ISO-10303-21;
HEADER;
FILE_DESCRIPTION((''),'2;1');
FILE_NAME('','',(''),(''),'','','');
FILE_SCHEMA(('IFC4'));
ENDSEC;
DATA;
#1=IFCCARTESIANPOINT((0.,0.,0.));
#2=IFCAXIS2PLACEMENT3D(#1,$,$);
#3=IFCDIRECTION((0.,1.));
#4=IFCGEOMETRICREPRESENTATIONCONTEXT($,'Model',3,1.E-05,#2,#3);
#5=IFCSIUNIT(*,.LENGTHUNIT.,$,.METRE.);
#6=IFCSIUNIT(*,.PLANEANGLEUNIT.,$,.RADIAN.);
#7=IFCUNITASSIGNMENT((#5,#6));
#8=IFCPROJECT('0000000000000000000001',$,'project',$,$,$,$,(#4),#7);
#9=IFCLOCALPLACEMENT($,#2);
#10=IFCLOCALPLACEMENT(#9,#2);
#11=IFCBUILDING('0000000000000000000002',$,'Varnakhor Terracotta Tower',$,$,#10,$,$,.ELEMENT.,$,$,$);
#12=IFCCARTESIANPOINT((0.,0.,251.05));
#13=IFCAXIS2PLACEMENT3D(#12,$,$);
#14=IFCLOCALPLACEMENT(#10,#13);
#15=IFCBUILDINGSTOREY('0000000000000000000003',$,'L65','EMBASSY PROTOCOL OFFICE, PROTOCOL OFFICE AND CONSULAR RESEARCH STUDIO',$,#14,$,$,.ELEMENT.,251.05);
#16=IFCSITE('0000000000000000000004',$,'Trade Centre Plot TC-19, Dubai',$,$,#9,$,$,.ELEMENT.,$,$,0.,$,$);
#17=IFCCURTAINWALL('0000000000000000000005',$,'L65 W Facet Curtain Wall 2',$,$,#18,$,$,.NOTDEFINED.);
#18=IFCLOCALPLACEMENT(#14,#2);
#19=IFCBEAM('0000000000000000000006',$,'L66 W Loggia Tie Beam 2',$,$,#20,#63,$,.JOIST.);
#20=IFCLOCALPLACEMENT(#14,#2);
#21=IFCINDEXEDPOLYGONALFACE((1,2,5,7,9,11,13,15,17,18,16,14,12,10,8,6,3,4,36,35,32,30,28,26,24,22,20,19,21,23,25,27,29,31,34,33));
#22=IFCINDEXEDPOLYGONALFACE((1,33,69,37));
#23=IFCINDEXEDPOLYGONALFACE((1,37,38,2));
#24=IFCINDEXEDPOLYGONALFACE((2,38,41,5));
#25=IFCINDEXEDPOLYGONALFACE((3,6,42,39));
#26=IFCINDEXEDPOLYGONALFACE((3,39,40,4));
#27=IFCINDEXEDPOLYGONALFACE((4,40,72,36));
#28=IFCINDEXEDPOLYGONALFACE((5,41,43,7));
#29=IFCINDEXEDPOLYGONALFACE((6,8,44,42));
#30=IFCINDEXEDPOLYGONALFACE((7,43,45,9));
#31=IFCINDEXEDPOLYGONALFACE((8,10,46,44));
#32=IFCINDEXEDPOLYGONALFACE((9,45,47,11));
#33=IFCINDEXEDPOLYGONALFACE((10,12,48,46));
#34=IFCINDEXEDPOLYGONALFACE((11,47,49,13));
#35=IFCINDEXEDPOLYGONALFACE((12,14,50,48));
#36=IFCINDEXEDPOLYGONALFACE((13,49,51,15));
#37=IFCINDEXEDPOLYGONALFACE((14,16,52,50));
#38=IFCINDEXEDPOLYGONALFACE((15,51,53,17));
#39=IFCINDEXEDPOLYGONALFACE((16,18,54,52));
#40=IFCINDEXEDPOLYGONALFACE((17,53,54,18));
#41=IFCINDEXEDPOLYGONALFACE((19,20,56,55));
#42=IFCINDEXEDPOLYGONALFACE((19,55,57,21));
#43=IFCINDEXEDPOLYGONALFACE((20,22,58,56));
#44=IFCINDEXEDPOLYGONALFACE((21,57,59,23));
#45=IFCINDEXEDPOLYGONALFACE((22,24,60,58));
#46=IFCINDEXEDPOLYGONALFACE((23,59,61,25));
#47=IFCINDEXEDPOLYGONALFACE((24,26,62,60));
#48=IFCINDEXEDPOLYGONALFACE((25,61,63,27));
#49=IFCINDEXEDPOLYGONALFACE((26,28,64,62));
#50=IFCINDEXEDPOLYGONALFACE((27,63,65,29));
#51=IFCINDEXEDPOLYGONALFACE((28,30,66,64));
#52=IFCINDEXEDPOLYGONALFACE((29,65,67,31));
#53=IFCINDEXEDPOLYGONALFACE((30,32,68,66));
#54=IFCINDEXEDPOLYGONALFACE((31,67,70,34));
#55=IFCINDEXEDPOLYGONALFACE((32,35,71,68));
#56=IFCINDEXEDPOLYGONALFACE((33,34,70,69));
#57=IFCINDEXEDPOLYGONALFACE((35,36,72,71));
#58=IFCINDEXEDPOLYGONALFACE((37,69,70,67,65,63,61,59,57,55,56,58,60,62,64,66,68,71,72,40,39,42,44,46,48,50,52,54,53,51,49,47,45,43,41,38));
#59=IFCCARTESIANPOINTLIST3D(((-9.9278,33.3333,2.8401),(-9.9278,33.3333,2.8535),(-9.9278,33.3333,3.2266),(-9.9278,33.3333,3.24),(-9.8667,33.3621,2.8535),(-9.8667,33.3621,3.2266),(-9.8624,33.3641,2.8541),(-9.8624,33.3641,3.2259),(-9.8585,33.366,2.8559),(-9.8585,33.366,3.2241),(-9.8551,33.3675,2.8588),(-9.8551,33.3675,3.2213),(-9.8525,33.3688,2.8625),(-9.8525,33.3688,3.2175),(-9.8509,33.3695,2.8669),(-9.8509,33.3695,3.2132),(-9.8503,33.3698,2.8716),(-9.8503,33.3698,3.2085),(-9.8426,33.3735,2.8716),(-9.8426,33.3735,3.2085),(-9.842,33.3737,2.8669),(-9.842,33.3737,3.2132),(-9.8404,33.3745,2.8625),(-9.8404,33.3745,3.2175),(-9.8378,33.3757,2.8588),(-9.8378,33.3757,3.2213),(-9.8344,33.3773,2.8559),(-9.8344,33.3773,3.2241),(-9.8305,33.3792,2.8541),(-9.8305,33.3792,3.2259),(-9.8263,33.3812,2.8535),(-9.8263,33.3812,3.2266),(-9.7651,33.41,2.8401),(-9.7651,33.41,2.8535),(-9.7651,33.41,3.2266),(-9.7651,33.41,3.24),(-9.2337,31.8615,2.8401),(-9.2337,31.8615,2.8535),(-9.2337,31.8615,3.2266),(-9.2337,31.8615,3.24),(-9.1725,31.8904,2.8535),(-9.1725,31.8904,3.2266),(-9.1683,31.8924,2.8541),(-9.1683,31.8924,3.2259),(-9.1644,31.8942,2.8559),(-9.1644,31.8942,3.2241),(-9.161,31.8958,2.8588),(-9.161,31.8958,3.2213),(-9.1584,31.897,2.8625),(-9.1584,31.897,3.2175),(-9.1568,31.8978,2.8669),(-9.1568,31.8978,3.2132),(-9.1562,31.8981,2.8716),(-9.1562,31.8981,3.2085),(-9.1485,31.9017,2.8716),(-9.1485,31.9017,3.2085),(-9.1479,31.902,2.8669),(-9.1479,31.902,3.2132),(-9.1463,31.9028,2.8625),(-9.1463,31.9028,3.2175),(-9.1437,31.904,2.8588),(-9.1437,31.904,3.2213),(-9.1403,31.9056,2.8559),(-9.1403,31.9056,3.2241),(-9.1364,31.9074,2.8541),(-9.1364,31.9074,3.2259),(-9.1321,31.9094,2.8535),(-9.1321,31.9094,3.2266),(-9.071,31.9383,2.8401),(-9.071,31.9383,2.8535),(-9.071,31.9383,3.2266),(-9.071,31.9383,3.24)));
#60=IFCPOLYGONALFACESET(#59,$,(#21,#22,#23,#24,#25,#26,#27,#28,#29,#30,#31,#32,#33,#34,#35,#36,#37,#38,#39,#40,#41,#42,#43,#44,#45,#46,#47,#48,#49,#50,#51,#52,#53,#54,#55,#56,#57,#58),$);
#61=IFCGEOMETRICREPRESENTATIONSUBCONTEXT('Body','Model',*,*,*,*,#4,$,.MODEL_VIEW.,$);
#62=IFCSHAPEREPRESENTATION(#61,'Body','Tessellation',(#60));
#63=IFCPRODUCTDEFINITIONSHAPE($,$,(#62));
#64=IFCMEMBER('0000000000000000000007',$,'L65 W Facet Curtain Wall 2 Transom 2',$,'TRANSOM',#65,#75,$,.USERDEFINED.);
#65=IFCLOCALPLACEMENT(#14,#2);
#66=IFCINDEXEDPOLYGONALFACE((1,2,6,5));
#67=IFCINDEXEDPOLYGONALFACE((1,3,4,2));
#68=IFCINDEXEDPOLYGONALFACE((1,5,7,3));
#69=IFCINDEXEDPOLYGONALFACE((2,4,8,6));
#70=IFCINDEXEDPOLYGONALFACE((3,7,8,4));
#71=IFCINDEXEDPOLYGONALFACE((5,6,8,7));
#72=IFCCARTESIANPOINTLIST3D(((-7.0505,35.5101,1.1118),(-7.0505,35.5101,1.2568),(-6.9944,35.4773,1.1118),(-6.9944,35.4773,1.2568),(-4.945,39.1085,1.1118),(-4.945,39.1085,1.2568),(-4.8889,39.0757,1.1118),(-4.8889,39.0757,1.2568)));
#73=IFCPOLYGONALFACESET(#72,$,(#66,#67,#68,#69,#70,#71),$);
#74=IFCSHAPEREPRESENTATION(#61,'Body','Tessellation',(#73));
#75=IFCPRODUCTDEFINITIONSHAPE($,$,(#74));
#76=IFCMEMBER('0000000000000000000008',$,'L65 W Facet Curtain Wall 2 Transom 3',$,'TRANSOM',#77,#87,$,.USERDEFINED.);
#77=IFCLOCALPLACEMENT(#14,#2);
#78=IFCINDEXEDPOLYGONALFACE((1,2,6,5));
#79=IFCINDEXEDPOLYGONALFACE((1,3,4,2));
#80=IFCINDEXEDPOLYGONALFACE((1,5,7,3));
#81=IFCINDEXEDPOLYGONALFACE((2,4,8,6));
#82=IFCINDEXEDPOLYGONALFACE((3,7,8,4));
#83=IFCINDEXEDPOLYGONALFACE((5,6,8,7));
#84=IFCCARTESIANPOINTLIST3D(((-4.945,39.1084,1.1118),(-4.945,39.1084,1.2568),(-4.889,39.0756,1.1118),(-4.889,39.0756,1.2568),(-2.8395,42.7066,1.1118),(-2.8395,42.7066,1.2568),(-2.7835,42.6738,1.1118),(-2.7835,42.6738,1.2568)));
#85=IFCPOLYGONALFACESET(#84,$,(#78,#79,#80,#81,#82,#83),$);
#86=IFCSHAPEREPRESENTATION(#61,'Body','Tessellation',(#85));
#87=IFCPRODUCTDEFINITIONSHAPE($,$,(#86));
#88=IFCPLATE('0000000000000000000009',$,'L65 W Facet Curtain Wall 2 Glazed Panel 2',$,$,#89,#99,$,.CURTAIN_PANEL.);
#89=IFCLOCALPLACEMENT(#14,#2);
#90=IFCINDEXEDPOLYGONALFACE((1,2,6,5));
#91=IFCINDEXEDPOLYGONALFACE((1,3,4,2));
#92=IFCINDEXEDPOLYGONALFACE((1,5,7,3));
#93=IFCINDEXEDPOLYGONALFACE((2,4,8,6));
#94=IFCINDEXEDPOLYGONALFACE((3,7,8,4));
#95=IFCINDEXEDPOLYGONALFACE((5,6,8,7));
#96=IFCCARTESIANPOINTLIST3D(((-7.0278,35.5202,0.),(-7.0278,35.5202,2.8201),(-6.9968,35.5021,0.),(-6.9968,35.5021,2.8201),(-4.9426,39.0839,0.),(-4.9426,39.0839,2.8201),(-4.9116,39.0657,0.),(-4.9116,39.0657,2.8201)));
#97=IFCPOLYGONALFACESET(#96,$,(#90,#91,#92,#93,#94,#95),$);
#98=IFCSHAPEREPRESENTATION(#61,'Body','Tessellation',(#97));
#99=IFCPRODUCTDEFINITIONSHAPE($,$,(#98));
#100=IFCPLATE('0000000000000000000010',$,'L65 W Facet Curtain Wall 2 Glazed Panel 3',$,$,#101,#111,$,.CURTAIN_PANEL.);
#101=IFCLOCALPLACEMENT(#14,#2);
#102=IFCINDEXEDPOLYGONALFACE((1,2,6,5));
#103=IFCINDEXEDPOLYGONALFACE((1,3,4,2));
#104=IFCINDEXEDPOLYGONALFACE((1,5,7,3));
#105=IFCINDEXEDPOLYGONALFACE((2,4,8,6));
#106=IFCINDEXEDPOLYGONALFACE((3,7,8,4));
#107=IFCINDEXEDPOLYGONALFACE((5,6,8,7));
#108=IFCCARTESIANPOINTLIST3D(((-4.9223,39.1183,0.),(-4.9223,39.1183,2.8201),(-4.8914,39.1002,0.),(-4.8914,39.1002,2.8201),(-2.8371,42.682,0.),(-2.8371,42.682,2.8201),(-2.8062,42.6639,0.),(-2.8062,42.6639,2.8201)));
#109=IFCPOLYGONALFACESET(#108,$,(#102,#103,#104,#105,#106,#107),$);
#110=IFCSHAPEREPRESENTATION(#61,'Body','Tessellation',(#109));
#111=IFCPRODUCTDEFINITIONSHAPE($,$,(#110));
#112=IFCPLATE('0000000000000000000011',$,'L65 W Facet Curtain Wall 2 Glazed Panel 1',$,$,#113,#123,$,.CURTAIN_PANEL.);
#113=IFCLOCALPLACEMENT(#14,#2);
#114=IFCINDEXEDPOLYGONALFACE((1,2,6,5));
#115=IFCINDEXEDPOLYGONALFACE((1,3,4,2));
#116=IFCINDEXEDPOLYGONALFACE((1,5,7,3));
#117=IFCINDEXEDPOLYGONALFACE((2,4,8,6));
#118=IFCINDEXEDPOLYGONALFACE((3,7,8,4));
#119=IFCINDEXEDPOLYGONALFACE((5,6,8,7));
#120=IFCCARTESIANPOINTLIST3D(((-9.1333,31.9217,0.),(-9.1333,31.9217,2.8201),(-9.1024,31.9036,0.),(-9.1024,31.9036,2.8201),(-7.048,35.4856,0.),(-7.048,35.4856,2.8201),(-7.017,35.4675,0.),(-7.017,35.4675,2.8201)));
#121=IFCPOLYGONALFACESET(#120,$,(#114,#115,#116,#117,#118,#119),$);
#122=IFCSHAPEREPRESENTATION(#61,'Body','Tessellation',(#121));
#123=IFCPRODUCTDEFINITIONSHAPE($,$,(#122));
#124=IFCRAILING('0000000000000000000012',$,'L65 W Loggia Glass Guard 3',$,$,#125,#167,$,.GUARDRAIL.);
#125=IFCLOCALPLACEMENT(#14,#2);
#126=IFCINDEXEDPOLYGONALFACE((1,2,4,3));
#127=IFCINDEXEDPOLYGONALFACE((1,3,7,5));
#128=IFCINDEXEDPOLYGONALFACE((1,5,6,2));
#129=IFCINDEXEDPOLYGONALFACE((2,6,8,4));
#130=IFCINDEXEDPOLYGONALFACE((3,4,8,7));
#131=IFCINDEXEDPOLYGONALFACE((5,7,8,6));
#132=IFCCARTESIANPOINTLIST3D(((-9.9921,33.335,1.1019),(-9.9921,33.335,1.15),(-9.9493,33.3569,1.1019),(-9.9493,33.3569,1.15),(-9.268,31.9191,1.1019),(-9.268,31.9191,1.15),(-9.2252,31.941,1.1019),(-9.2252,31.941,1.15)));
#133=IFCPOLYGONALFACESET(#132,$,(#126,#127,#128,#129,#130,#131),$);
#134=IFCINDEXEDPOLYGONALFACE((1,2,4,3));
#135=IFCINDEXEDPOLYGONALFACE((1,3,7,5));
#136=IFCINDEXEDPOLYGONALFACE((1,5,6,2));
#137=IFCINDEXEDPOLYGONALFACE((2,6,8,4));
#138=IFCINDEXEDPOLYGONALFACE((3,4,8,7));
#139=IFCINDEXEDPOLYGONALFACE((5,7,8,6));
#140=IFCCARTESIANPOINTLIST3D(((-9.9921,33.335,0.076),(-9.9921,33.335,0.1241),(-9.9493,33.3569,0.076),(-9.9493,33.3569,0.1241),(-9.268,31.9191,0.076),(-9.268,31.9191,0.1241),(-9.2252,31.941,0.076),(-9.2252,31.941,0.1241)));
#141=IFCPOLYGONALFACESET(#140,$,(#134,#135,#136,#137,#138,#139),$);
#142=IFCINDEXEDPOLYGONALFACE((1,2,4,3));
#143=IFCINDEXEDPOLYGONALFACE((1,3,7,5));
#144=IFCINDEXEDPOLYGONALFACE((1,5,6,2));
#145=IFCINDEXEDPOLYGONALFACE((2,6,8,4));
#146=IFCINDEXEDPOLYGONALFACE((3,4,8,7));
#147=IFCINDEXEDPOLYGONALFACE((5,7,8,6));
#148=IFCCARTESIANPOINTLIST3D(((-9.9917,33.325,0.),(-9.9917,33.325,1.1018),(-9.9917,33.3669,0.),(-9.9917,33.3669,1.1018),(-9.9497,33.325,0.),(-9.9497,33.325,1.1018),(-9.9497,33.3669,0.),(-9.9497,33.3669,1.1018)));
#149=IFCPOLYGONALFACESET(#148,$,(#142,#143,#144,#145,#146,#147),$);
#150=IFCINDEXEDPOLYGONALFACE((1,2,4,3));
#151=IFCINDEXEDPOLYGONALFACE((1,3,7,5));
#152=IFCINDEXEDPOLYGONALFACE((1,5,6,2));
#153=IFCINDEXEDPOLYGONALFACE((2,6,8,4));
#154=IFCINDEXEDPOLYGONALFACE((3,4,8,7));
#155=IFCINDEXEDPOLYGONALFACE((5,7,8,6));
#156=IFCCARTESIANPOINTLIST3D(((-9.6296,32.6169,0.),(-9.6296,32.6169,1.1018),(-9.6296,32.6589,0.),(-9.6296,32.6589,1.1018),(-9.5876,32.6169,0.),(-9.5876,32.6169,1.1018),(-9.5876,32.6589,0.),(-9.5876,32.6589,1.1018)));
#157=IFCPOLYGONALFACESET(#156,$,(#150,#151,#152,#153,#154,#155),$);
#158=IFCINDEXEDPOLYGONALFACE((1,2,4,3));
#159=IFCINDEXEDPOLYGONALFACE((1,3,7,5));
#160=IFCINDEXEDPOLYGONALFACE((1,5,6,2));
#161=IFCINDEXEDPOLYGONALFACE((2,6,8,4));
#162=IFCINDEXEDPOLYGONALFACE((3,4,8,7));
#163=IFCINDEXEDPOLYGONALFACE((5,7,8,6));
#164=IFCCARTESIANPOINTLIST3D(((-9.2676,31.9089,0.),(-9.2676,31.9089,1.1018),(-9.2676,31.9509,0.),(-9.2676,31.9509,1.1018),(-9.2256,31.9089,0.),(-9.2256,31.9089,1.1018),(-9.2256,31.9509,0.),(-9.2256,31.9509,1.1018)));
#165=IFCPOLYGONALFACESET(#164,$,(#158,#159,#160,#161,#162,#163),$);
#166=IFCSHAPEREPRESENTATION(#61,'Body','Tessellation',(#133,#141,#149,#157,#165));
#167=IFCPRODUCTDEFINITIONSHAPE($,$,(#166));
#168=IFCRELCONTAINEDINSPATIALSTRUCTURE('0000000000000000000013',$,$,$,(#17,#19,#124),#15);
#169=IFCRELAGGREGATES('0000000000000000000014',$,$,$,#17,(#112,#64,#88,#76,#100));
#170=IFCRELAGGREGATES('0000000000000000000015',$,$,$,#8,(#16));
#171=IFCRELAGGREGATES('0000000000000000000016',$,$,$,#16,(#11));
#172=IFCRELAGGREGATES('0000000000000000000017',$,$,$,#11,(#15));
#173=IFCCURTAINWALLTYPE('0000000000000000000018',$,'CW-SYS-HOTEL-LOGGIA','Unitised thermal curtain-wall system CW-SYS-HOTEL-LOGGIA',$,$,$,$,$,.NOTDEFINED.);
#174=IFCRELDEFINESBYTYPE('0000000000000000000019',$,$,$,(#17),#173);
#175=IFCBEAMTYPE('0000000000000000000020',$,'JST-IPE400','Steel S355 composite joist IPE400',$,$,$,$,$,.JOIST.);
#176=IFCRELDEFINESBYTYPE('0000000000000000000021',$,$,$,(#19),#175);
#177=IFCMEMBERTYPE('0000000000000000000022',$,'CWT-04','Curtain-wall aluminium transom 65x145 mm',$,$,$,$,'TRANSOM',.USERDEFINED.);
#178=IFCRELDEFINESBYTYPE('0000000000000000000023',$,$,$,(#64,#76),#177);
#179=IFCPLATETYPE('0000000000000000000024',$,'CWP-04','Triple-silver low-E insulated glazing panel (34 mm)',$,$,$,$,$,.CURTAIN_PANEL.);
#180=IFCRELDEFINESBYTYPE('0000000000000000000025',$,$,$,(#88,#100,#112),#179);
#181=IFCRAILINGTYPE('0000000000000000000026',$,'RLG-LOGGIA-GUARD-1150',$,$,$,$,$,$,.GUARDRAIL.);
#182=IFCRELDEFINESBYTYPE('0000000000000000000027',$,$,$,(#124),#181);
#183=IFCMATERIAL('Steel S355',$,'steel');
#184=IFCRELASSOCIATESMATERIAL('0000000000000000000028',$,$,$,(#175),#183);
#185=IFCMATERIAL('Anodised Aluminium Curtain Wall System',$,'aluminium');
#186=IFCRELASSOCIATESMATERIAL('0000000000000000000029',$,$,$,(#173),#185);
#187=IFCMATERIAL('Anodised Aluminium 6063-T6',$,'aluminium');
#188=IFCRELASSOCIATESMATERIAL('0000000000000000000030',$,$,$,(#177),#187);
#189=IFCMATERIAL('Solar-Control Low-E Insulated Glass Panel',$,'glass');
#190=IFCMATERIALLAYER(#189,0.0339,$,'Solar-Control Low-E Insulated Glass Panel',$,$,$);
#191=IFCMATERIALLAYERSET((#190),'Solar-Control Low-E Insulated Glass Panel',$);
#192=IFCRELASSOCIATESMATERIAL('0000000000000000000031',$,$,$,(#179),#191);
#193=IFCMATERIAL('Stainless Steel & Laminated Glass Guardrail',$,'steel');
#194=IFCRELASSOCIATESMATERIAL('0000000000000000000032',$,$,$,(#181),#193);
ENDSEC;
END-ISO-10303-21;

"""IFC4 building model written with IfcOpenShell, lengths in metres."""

from ifc_helpers import new_model, si_unit, direction, frame, origin, origin_2d, place, context, subcontext, project, spatial, rectangle, i_section, extrude, source, transform, mapped, material, layer, layer_set, material_profile, profile_set, type_object, element, aggregate, save


model = new_model("IFC4")

# Units and contexts
model_context = context("Model", 3, precision=1e-05, world=origin(), true_north=direction((0.0, 1.0)))
body_context = subcontext(model_context, "Body", "Model", "MODEL_VIEW")
ifc_project = project(units=[si_unit("LENGTHUNIT", "METRE"), si_unit("PLANEANGLEUNIT", "RADIAN")], contexts=[model_context])

# Site, building, storey
site_placement = place(None, origin())
site = spatial("IfcSite", under=ifc_project, at=site_placement, Name="Trade Centre Plot TC-19, Dubai", CompositionType="ELEMENT", RefElevation=0.0)
building_placement = place(site_placement, origin())
building = spatial("IfcBuilding", under=site, at=building_placement, Name="Varnakhor Terracotta Tower", CompositionType="ELEMENT")
storey_placement = place(building_placement, frame((0.0, 0.0, 251.05)))
storey = spatial("IfcBuildingStorey", under=building, at=storey_placement, Name="L65", Description="EMBASSY PROTOCOL OFFICE, PROTOCOL OFFICE AND CONSULAR RESEARCH STUDIO", CompositionType="ELEMENT", Elevation=251.05)

# Shared definitions
ifc_material_1 = material(Name="Steel S355", Category="steel")
ifc_material_profile_1 = material_profile(ifc_material_1, i_section(OverallWidth=0.1799, OverallDepth=0.3999, WebThickness=0.0085, FlangeThickness=0.0134, FilletRadius=0.0181, at=origin_2d()), Name="IPE400")
ifc_profile_set_1 = profile_set([ifc_material_profile_1], Name="Steel S355")
beam_type_1 = type_object("IfcBeamType", Name="JST-IPE400", Description="Steel S355 composite joist IPE400", PredefinedType="JOIST", material=ifc_profile_set_1)

# Curtain wall
ifc_material_2 = material(Name="Anodised Aluminium Curtain Wall System", Category="aluminium")
curtain_wall_type = type_object("IfcCurtainWallType", Name="CW-SYS-HOTEL-LOGGIA", Description="Unitised thermal curtain-wall system CW-SYS-HOTEL-LOGGIA", PredefinedType="NOTDEFINED", material=ifc_material_2)
curtain_wall_placement = place(storey_placement, origin())
curtain_wall = element("IfcCurtainWall", 1, at=curtain_wall_placement, inside=storey, type_object=curtain_wall_type, Name="L65 W Facet Curtain Wall 2", PredefinedType="NOTDEFINED")
ifc_material_3 = material(Name="Anodised Aluminium 6063-T6", Category="aluminium")

# Beam
shared_shape_1 = source(origin(), body_context, "Body", "SweptSolid", [
    extrude(i_section(OverallWidth=0.1799, OverallDepth=0.3999, WebThickness=0.0085, FlangeThickness=0.0134, FilletRadius=0.0181, at=origin_2d()), origin(), (0.0, 0.0, 1.0), 1.6272),
])
beam_1_placement = place(storey_placement, frame((-9.1523, 31.8999, 3.04), z_axis=(-0.42657, 0.904455, 0.0), x_axis=(-0.904455, -0.42657, 0.0)))
element("IfcBeam", 2, at=beam_1_placement, inside=storey, type_object=beam_type_1, Name="L66 W Loggia Tie Beam 2", PredefinedType="JOIST", context=body_context, shape_type="MappedRepresentation", body=[
    mapped(shared_shape_1, transform((0.0, 0.0, 0.0), scale=1.0)),
])

# Members
ifc_material_profile_2 = material_profile(ifc_material_3, rectangle(XDim=0.0649, YDim=0.145, at=origin_2d()), Name="ALU TRANSOM 65x145")
ifc_profile_set_2 = profile_set([ifc_material_profile_2], Name="Anodised Aluminium 6063-T6")
member_type_1 = type_object("IfcMemberType", Name="CWT-04", Description="Curtain-wall aluminium transom 65x145 mm", ElementType="TRANSOM", PredefinedType="USERDEFINED", material=ifc_profile_set_2)
shared_shape_2 = source(origin(), body_context, "Body", "SweptSolid", [
    extrude(rectangle(XDim=0.0649, YDim=0.145, at=origin_2d()), origin(), (0.0, 0.0, 1.0), 4.1692),
])
member_1_placement = place(storey_placement, frame((-7.0225, 35.4937, 1.1843), z_axis=(0.505017, 0.863109, 0.0), x_axis=(-0.863109, 0.505017, 0.0)))
member_1 = element("IfcMember", 3, at=member_1_placement, type_object=member_type_1, Name="L65 W Facet Curtain Wall 2 Transom 2", ObjectType="TRANSOM", PredefinedType="USERDEFINED", context=body_context, shape_type="MappedRepresentation", body=[
    mapped(shared_shape_2, transform((0.0, 0.0, 0.0), scale=1.0)),
])
shared_shape_3 = source(origin(), body_context, "Body", "SweptSolid", [
    extrude(rectangle(XDim=0.0649, YDim=0.145, at=origin_2d()), origin(), (0.0, 0.0, 1.0), 4.1689),
])
member_2_placement = place(storey_placement, frame((-4.917, 39.092, 1.1843), z_axis=(0.505043, 0.863094, 0.0), x_axis=(-0.863094, 0.505043, 0.0)))
member_2 = element("IfcMember", 4, at=member_2_placement, type_object=member_type_1, Name="L65 W Facet Curtain Wall 2 Transom 3", ObjectType="TRANSOM", PredefinedType="USERDEFINED", context=body_context, shape_type="MappedRepresentation", body=[
    mapped(shared_shape_3, transform((0.0, 0.0, 0.0), scale=1.0)),
])

# Plates
ifc_material_4 = material(Name="Solar-Control Low-E Insulated Glass Panel", Category="glass")
ifc_layer = layer(ifc_material_4, 0.0339, Name="Solar-Control Low-E Insulated Glass Panel")
ifc_layer_set = layer_set([ifc_layer], Name="Solar-Control Low-E Insulated Glass Panel")
plate_type = type_object("IfcPlateType", Name="CWP-04", Description="Triple-silver low-E insulated glazing panel (34 mm)", PredefinedType="CURTAIN_PANEL", material=ifc_layer_set)
shared_shape_4 = source(origin(), body_context, "Body", "SweptSolid", [
    extrude(rectangle(XDim=4.1289, YDim=0.0359, at=origin_2d()), origin(), (0.0, 0.0, 1.0), 2.8201),
])
plate_1_placement = place(storey_placement, frame((-5.9697, 37.293, 0.0), z_axis=(0.0, 0.0, 1.0), x_axis=(0.505025, 0.863105, 0.0)))
plate_1 = element("IfcPlate", 5, at=plate_1_placement, type_object=plate_type, Name="L65 W Facet Curtain Wall 2 Glazed Panel 2", PredefinedType="CURTAIN_PANEL", context=body_context, shape_type="MappedRepresentation", body=[
    mapped(shared_shape_4, transform((0.0, 0.0, 0.0), scale=1.0)),
])
plate_2_placement = place(storey_placement, frame((-3.8643, 40.8911, 0.0), z_axis=(0.0, 0.0, 1.0), x_axis=(0.505025, 0.863105, 0.0)))
plate_2 = element("IfcPlate", 6, at=plate_2_placement, type_object=plate_type, Name="L65 W Facet Curtain Wall 2 Glazed Panel 3", PredefinedType="CURTAIN_PANEL", context=body_context, shape_type="MappedRepresentation", body=[
    mapped(shared_shape_4, transform((0.0, 0.0, 0.0), scale=1.0)),
])
shared_shape_5 = source(origin(), body_context, "Body", "SweptSolid", [
    extrude(rectangle(XDim=4.1292, YDim=0.0359, at=origin_2d()), origin(), (0.0, 0.0, 1.0), 2.8201),
])
plate_3_placement = place(storey_placement, frame((-8.0752, 33.6946, 0.0), z_axis=(0.0, 0.0, 1.0), x_axis=(0.505025, 0.863105, 0.0)))
plate_3 = element("IfcPlate", 7, at=plate_3_placement, type_object=plate_type, Name="L65 W Facet Curtain Wall 2 Glazed Panel 1", PredefinedType="CURTAIN_PANEL", context=body_context, shape_type="MappedRepresentation", body=[
    mapped(shared_shape_5, transform((0.0, 0.0, 0.0), scale=1.0)),
])
aggregate(curtain_wall, [plate_3, member_1, plate_1, member_2, plate_2])

# Railing
ifc_material_5 = material(Name="Stainless Steel & Laminated Glass Guardrail", Category="steel")
railing_type = type_object("IfcRailingType", Name="RLG-LOGGIA-GUARD-1150", PredefinedType="GUARDRAIL", material=ifc_material_5)
railing_placement = place(storey_placement, frame((-9.9707, 33.3459, 0.0)))
element("IfcRailing", 8, at=railing_placement, inside=storey, type_object=railing_type, Name="L65 W Loggia Glass Guard 3", PredefinedType="GUARDRAIL", context=body_context, shape_type="SweptSolid", body=[
    extrude(rectangle(XDim=0.0481, YDim=0.0481, at=origin_2d()), frame((0.0, 0.0, 1.126), z_axis=(0.4553, -0.890338, 0.0), x_axis=(0.890338, 0.4553, 0.0)), (0.0, 0.0, 1.0), 1.5903),
    extrude(rectangle(XDim=0.0481, YDim=0.0481, at=origin_2d()), frame((0.0, 0.0, 0.1001), z_axis=(0.4553, -0.890338, 0.0), x_axis=(0.890338, 0.4553, 0.0)), (0.0, 0.0, 1.0), 1.5903),
    extrude(rectangle(XDim=0.042, YDim=0.042, at=origin_2d()), origin(), (0.0, 0.0, 1.0), 1.1018),
    extrude(rectangle(XDim=0.042, YDim=0.042, at=origin_2d()), frame((0.3621, -0.708, 0.0)), (0.0, 0.0, 1.0), 1.1018),
    extrude(rectangle(XDim=0.042, YDim=0.042, at=origin_2d()), frame((0.7241, -1.416, 0.0)), (0.0, 0.0, 1.0), 1.1018),
])

save(model, "model.ifc")
